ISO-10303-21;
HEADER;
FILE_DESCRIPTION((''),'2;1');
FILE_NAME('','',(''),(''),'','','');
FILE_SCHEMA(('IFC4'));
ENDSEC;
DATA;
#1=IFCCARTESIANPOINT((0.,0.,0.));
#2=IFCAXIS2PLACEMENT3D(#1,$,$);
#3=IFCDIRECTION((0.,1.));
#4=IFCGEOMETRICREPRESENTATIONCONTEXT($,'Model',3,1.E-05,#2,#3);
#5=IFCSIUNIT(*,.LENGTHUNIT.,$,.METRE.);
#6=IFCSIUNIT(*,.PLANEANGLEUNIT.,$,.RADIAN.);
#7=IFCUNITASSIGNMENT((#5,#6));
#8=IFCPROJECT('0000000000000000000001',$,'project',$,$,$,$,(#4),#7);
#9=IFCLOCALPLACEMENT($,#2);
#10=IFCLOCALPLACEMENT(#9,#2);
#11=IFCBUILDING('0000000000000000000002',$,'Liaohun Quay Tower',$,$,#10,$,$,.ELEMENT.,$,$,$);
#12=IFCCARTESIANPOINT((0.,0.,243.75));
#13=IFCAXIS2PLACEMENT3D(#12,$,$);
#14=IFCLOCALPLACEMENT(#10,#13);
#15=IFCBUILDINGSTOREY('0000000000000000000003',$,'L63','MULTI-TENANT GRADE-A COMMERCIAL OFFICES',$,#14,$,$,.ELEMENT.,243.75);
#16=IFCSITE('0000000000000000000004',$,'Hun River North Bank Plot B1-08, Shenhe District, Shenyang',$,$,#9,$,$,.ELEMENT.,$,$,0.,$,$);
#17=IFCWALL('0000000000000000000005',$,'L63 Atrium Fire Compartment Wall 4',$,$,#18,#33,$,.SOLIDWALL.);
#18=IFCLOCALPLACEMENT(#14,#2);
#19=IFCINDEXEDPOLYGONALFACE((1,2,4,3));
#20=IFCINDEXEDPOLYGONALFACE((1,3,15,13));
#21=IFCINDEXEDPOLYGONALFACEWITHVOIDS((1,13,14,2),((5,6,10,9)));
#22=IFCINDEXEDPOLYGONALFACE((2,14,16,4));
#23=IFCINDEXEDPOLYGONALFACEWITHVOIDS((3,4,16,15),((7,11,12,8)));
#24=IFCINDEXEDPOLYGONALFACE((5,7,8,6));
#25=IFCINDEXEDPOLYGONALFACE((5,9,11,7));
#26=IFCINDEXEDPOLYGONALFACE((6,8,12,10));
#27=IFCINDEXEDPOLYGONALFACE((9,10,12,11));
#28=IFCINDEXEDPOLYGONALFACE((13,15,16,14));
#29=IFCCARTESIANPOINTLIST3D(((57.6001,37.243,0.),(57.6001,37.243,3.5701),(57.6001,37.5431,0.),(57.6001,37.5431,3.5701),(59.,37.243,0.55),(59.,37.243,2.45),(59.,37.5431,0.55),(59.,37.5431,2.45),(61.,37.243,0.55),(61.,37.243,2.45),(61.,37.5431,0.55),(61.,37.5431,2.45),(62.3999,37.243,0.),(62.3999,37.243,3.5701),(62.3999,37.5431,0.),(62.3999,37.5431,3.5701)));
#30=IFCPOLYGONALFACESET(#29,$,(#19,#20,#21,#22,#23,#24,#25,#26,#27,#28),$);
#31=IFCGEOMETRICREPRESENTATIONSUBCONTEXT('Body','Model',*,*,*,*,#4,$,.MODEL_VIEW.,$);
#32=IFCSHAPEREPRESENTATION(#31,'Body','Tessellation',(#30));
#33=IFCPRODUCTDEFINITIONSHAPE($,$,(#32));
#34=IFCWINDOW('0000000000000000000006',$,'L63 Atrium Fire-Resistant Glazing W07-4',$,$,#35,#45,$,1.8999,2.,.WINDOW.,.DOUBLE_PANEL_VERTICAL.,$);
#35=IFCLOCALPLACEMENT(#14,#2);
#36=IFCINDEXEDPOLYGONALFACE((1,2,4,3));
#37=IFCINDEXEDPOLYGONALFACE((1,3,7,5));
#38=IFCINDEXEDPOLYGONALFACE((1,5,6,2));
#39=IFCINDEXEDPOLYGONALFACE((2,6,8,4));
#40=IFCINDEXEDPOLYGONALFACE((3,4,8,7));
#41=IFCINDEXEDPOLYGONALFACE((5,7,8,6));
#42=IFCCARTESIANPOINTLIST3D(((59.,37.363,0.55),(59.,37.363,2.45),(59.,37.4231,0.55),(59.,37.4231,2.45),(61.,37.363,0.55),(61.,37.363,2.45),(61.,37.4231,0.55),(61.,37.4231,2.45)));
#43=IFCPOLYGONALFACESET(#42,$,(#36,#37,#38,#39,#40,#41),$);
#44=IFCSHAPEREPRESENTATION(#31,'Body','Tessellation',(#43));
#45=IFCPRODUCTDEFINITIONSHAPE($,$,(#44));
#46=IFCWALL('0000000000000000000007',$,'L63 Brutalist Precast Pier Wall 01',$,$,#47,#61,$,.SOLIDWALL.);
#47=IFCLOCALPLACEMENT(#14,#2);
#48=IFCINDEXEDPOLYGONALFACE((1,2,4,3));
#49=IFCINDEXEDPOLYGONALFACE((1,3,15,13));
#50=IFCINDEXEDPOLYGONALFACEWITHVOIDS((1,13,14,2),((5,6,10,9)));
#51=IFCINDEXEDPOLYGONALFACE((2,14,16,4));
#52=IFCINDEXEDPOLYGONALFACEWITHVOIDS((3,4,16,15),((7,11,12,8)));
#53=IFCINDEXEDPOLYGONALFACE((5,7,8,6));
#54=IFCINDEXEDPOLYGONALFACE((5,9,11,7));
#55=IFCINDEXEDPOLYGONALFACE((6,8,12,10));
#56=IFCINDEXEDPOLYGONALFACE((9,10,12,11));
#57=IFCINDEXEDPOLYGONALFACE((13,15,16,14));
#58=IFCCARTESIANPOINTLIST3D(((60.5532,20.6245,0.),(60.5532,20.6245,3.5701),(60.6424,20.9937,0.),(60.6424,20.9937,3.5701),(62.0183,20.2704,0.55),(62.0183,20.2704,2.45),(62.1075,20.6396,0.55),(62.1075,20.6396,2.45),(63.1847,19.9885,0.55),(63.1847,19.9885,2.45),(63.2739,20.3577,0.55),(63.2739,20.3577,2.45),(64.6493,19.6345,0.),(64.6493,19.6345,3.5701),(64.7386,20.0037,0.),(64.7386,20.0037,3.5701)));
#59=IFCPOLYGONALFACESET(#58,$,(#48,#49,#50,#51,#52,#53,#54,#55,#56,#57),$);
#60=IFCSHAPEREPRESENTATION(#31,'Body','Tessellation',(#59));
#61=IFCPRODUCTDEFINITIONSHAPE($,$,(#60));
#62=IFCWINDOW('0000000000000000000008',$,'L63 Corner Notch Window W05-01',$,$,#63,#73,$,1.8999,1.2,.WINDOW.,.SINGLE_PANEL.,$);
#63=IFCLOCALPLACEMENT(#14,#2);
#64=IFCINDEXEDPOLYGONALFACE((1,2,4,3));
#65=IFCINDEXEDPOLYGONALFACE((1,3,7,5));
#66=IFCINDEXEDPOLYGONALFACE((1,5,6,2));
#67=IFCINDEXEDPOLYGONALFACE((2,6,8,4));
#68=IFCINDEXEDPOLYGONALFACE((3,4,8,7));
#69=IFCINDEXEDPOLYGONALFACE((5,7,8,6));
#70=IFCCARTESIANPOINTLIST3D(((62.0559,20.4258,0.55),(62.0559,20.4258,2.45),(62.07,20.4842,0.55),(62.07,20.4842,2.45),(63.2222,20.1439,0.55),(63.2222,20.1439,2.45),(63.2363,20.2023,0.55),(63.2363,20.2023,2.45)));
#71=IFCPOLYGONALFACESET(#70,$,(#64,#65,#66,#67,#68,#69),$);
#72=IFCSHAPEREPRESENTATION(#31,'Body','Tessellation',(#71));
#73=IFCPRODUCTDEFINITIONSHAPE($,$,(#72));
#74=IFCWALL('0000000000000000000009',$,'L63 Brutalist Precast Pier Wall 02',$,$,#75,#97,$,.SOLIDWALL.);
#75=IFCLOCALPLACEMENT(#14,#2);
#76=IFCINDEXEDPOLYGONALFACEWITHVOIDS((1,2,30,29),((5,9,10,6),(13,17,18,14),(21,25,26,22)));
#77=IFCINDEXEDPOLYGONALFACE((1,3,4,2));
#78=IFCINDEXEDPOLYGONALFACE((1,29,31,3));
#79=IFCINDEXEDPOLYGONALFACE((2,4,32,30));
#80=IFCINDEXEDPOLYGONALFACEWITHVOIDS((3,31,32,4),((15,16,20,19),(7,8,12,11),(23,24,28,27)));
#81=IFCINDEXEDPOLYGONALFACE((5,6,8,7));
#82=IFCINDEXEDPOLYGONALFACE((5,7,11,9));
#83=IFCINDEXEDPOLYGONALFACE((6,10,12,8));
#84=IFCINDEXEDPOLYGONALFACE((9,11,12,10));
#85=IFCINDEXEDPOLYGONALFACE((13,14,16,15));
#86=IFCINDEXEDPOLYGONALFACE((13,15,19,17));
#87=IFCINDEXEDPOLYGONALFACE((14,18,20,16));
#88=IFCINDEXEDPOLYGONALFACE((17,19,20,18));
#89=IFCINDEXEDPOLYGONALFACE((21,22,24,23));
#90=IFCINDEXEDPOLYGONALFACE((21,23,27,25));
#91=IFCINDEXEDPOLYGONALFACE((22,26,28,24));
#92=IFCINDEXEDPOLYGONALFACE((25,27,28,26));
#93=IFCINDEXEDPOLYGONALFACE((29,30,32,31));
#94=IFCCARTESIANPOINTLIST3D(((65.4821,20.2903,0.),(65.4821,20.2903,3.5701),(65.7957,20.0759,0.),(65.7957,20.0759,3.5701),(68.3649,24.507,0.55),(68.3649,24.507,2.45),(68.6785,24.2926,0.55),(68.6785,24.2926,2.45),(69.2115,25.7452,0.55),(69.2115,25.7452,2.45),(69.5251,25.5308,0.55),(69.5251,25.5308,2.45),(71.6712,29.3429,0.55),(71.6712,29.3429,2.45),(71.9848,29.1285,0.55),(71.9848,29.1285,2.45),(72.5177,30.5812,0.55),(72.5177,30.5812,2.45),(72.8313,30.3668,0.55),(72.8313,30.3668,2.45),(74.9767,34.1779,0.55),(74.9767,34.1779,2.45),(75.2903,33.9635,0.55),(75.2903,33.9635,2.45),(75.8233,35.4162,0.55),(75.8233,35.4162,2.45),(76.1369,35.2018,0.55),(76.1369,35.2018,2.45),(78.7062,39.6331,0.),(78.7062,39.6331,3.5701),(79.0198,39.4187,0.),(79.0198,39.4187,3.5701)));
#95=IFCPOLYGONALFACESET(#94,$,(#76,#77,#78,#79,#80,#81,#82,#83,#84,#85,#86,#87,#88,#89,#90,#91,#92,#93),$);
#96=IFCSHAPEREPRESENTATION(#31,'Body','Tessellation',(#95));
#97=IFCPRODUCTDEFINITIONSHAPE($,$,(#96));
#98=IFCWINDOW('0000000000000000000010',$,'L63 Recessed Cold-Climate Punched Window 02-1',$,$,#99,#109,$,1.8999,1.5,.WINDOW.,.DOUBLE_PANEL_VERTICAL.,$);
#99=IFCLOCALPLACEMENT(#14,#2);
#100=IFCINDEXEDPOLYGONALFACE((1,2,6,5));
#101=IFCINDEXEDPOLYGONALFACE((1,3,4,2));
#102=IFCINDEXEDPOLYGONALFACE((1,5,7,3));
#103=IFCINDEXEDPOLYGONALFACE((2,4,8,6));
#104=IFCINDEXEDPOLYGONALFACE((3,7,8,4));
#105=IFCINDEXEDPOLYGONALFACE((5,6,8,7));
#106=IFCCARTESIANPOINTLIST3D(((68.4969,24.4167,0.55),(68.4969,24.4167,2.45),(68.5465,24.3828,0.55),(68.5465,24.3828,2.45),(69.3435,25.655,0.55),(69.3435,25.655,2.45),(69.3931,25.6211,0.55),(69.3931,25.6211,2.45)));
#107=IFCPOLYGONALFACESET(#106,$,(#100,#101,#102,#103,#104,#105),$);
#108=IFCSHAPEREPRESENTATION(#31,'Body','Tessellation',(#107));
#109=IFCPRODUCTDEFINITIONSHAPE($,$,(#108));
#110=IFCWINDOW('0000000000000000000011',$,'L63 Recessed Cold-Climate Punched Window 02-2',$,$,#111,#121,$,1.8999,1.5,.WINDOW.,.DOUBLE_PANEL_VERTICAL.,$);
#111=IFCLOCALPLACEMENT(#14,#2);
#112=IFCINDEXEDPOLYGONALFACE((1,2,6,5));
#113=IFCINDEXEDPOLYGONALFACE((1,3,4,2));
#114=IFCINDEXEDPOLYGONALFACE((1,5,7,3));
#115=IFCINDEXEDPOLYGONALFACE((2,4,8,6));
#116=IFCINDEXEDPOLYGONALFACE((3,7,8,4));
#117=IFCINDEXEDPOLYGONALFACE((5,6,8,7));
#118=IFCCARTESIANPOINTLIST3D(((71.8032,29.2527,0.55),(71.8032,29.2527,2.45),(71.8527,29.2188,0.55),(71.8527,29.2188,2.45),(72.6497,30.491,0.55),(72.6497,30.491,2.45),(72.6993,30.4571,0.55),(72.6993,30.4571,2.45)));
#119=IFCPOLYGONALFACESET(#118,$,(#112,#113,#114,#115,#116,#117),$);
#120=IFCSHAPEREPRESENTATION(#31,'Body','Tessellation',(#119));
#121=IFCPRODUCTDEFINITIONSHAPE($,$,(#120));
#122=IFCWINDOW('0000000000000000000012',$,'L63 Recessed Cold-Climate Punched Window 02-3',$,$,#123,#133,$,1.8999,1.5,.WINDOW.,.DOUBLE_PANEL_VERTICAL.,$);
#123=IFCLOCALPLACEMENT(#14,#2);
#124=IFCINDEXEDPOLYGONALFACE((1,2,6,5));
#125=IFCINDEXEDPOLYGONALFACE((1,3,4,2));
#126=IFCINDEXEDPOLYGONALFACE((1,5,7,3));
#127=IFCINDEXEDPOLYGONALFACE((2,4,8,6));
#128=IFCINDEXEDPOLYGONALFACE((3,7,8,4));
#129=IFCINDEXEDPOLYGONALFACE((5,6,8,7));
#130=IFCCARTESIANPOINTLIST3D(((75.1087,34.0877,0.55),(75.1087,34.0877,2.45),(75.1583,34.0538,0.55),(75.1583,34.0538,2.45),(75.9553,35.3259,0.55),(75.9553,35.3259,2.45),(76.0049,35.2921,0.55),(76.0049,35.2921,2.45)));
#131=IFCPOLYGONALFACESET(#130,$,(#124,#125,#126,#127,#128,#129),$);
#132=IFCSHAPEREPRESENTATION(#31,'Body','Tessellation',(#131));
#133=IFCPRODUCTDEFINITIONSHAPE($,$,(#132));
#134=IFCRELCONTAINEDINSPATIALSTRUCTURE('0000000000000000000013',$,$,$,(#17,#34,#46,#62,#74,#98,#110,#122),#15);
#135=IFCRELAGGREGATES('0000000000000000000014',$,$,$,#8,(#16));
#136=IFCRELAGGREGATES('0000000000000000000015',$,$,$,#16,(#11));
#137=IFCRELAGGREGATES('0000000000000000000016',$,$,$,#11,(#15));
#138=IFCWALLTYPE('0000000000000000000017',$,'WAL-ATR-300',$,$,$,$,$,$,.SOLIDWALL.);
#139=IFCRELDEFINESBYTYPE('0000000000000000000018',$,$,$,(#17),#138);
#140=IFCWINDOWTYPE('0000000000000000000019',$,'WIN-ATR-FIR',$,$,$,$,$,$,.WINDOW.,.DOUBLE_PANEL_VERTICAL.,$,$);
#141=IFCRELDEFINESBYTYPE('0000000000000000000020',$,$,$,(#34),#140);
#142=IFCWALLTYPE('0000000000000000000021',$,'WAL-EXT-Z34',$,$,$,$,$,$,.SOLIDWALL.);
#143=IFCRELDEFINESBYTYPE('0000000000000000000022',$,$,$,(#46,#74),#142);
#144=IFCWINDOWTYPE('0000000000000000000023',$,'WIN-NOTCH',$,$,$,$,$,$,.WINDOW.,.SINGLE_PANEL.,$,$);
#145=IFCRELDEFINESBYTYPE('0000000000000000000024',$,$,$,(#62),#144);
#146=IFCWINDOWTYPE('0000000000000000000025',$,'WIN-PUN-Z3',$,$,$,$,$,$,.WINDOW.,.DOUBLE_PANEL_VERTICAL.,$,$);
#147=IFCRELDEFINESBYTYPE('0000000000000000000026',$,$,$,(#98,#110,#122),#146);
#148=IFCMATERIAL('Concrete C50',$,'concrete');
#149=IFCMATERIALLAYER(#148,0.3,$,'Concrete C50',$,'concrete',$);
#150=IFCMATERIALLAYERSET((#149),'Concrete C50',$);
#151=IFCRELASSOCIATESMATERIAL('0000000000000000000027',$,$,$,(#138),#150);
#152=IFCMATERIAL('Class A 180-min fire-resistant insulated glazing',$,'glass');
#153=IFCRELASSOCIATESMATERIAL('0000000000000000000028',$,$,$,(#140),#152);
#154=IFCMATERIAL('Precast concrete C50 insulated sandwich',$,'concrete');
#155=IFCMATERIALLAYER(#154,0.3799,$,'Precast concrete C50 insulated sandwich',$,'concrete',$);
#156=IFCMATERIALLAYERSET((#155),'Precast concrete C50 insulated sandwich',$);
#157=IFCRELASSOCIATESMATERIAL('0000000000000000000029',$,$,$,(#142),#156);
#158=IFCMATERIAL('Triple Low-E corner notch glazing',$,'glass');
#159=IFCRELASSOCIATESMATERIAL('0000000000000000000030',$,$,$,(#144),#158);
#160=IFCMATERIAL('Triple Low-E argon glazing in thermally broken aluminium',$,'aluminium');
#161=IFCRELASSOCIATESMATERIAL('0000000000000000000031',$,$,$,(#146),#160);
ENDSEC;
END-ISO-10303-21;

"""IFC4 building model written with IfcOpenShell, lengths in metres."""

from ifc_helpers import new_model, si_unit, direction, frame, frame_2d, origin, place, context, subcontext, project, spatial, rectangle, extrude, source, transform, mapped, material, layer, layer_set, type_object, element, fill, save


model = new_model("IFC4")

# Units and contexts
model_context = context("Model", 3, precision=1e-05, world=origin(), true_north=direction((0.0, 1.0)))
body_context = subcontext(model_context, "Body", "Model", "MODEL_VIEW")
ifc_project = project(units=[si_unit("LENGTHUNIT", "METRE"), si_unit("PLANEANGLEUNIT", "RADIAN")], contexts=[model_context])

# Site, building, storey
site_placement = place(None, origin())
site = spatial("IfcSite", under=ifc_project, at=site_placement, Name="Hun River North Bank Plot B1-08, Shenhe District, Shenyang", CompositionType="ELEMENT", RefElevation=0.0)
building_placement = place(site_placement, origin())
building = spatial("IfcBuilding", under=site, at=building_placement, Name="Liaohun Quay Tower", CompositionType="ELEMENT")
storey_placement = place(building_placement, frame((0.0, 0.0, 243.75)))
storey = spatial("IfcBuildingStorey", under=building, at=storey_placement, Name="L63", Description="MULTI-TENANT GRADE-A COMMERCIAL OFFICES", CompositionType="ELEMENT", Elevation=243.75)

# Walls, openings, windows
ifc_material_1 = material(Name="Concrete C50", Category="concrete")
ifc_layer_1 = layer(ifc_material_1, 0.3, Name="Concrete C50", Category="concrete")
ifc_layer_set_1 = layer_set([ifc_layer_1], Name="Concrete C50")
wall_type_1 = type_object("IfcWallType", Name="WAL-ATR-300", PredefinedType="SOLIDWALL", material=ifc_layer_set_1)
shared_shape_1 = source(origin(), body_context, "Body", "SweptSolid", [
    extrude(rectangle(XDim=2.0, YDim=1.8999, at=frame_2d((1.0, 0.95))), frame((0.0, 0.1599, 0.0), z_axis=(0.0, -1.0, 0.0), x_axis=(1.0, 0.0, 0.0)), (0.0, 0.0, 1.0), 0.3201),
])
ifc_material_2 = material(Name="Class A 180-min fire-resistant insulated glazing", Category="glass")
window_type_1 = type_object("IfcWindowType", Name="WIN-ATR-FIR", PartitioningType="DOUBLE_PANEL_VERTICAL", PredefinedType="WINDOW", material=ifc_material_2)
shared_shape_2 = source(origin(), body_context, "Body", "SweptSolid", [
    extrude(rectangle(XDim=2.0, YDim=1.8999, at=frame_2d((1.0, 0.95))), frame((0.0, 0.03, 0.0), z_axis=(0.0, -1.0, 0.0), x_axis=(1.0, 0.0, 0.0)), (0.0, 0.0, 1.0), 0.0601),
])
wall_1_placement = place(storey_placement, frame((62.3999, 37.3931, 0.0), z_axis=(0.0, 0.0, 1.0), x_axis=(-1.0, 0.0, 0.0)))
wall_1 = element("IfcWall", 1, at=wall_1_placement, inside=storey, type_object=wall_type_1, Name="L63 Atrium Fire Compartment Wall 4", PredefinedType="SOLIDWALL", context=body_context, shape_type="SweptSolid", body=[
    extrude(rectangle(XDim=4.7998, YDim=0.3, at=frame_2d((2.3999, 0.0))), origin(), (0.0, 0.0, 1.0), 3.5701),
])
opening_1_placement = place(wall_1_placement, frame((1.3999, 0.0, 0.55)))
opening_1 = element("IfcOpeningElement", 2, at=opening_1_placement, cuts=wall_1, PredefinedType="OPENING", context=body_context, shape_type="MappedRepresentation", body=[
    mapped(shared_shape_1, transform((0.0, 0.0, 0.0), x_axis=(1.0, 0.0, 0.0), y_axis=(0.0, 1.0, 0.0), z_axis=(0.0, 0.0, 1.0), scale=1.0)),
])
window_1_placement = place(opening_1_placement, origin())
window_1 = element("IfcWindow", 3, at=window_1_placement, inside=storey, type_object=window_type_1, Name="L63 Atrium Fire-Resistant Glazing W07-4", OverallHeight=1.8999, OverallWidth=2.0, PartitioningType="DOUBLE_PANEL_VERTICAL", PredefinedType="WINDOW", context=body_context, shape_type="MappedRepresentation", body=[
    mapped(shared_shape_2, transform((0.0, 0.0, 0.0), x_axis=(1.0, 0.0, 0.0), y_axis=(0.0, 1.0, 0.0), z_axis=(0.0, 0.0, 1.0), scale=1.0)),
])
fill(opening_1, window_1)
ifc_material_3 = material(Name="Precast concrete C50 insulated sandwich", Category="concrete")
ifc_layer_2 = layer(ifc_material_3, 0.3799, Name="Precast concrete C50 insulated sandwich", Category="concrete")
ifc_layer_set_2 = layer_set([ifc_layer_2], Name="Precast concrete C50 insulated sandwich")
wall_type_2 = type_object("IfcWallType", Name="WAL-EXT-Z34", PredefinedType="SOLIDWALL", material=ifc_layer_set_2)
wall_2_placement = place(storey_placement, frame((60.5979, 20.8091, 0.0), z_axis=(0.0, 0.0, 1.0), x_axis=(0.972014, -0.234922, 0.0)))
wall_2 = element("IfcWall", 4, at=wall_2_placement, inside=storey, type_object=wall_type_2, Name="L63 Brutalist Precast Pier Wall 01", PredefinedType="SOLIDWALL", context=body_context, shape_type="SweptSolid", body=[
    extrude(rectangle(XDim=4.2141, YDim=0.3799, at=frame_2d((2.1069, 0.0))), origin(), (0.0, 0.0, 1.0), 3.5701),
])
shared_shape_3 = source(origin(), body_context, "Body", "SweptSolid", [
    extrude(rectangle(XDim=1.2, YDim=1.8999, at=frame_2d((0.6001, 0.95))), frame((0.0, 0.2, 0.0), z_axis=(0.0, -1.0, 0.0), x_axis=(1.0, 0.0, 0.0)), (0.0, 0.0, 1.0), 0.3999),
])
opening_2_placement = place(wall_2_placement, frame((1.5071, 0.0, 0.55)))
opening_2 = element("IfcOpeningElement", 5, at=opening_2_placement, cuts=wall_2, PredefinedType="OPENING", context=body_context, shape_type="MappedRepresentation", body=[
    mapped(shared_shape_3, transform((0.0, 0.0, 0.0), x_axis=(1.0, 0.0, 0.0), y_axis=(0.0, 1.0, 0.0), z_axis=(0.0, 0.0, 1.0), scale=1.0)),
])
ifc_material_4 = material(Name="Triple Low-E corner notch glazing", Category="glass")
window_type_2 = type_object("IfcWindowType", Name="WIN-NOTCH", PartitioningType="SINGLE_PANEL", PredefinedType="WINDOW", material=ifc_material_4)
shared_shape_4 = source(origin(), body_context, "Body", "SweptSolid", [
    extrude(rectangle(XDim=1.2, YDim=1.8999, at=frame_2d((0.6001, 0.95))), frame((0.0, 0.03, 0.0), z_axis=(0.0, -1.0, 0.0), x_axis=(1.0, 0.0, 0.0)), (0.0, 0.0, 1.0), 0.0601),
])
window_2_placement = place(opening_2_placement, origin())
window_2 = element("IfcWindow", 6, at=window_2_placement, inside=storey, type_object=window_type_2, Name="L63 Corner Notch Window W05-01", OverallHeight=1.8999, OverallWidth=1.2, PartitioningType="SINGLE_PANEL", PredefinedType="WINDOW", context=body_context, shape_type="MappedRepresentation", body=[
    mapped(shared_shape_4, transform((0.0, 0.0, 0.0), x_axis=(1.0, 0.0, 0.0), y_axis=(0.0, 1.0, 0.0), z_axis=(0.0, 0.0, 1.0), scale=1.0)),
])
fill(opening_2, window_2)

# Wall, openings, windows
wall_3_placement = place(storey_placement, frame((65.6389, 20.1831, 0.0), z_axis=(0.0, 0.0, 1.0), x_axis=(0.564381, 0.825514, 0.0)))
wall_3 = element("IfcWall", 7, at=wall_3_placement, inside=storey, type_object=wall_type_2, Name="L63 Brutalist Precast Pier Wall 02", PredefinedType="SOLIDWALL", context=body_context, shape_type="SweptSolid", body=[
    extrude(rectangle(XDim=23.4312, YDim=0.3799, at=frame_2d((11.7156, 0.0))), origin(), (0.0, 0.0, 1.0), 3.5701),
])
shared_shape_5 = source(origin(), body_context, "Body", "SweptSolid", [
    extrude(rectangle(XDim=1.5, YDim=1.8999, at=frame_2d((0.75, 0.95))), frame((0.0, 0.2, 0.0), z_axis=(0.0, -1.0, 0.0), x_axis=(1.0, 0.0, 0.0)), (0.0, 0.0, 1.0), 0.3999),
])
opening_3_placement = place(wall_3_placement, frame((5.1079, 0.0, 0.55)))
opening_3 = element("IfcOpeningElement", 8, at=opening_3_placement, cuts=wall_3, PredefinedType="OPENING", context=body_context, shape_type="MappedRepresentation", body=[
    mapped(shared_shape_5, transform((0.0, 0.0, 0.0), x_axis=(1.0, 0.0, 0.0), y_axis=(0.0, 1.0, 0.0), z_axis=(0.0, 0.0, 1.0), scale=1.0)),
])
opening_4_placement = place(wall_3_placement, frame((10.9661, 0.0, 0.55)))
opening_4 = element("IfcOpeningElement", 9, at=opening_4_placement, cuts=wall_3, PredefinedType="OPENING", context=body_context, shape_type="MappedRepresentation", body=[
    mapped(shared_shape_5, transform((0.0, 0.0, 0.0), x_axis=(1.0, 0.0, 0.0), y_axis=(0.0, 1.0, 0.0), z_axis=(0.0, 0.0, 1.0), scale=1.0)),
])
opening_5_placement = place(wall_3_placement, frame((16.823, 0.0, 0.55)))
opening_5 = element("IfcOpeningElement", 10, at=opening_5_placement, cuts=wall_3, PredefinedType="OPENING", context=body_context, shape_type="MappedRepresentation", body=[
    mapped(shared_shape_5, transform((0.0, 0.0, 0.0), x_axis=(1.0, 0.0, 0.0), y_axis=(0.0, 1.0, 0.0), z_axis=(0.0, 0.0, 1.0), scale=1.0)),
])
ifc_material_5 = material(Name="Triple Low-E argon glazing in thermally broken aluminium", Category="aluminium")
window_type_3 = type_object("IfcWindowType", Name="WIN-PUN-Z3", PartitioningType="DOUBLE_PANEL_VERTICAL", PredefinedType="WINDOW", material=ifc_material_5)
shared_shape_6 = source(origin(), body_context, "Body", "SweptSolid", [
    extrude(rectangle(XDim=1.5, YDim=1.8999, at=frame_2d((0.75, 0.95))), frame((0.0, 0.03, 0.0), z_axis=(0.0, -1.0, 0.0), x_axis=(1.0, 0.0, 0.0)), (0.0, 0.0, 1.0), 0.0601),
])
window_3_placement = place(opening_3_placement, origin())
window_3 = element("IfcWindow", 11, at=window_3_placement, inside=storey, type_object=window_type_3, Name="L63 Recessed Cold-Climate Punched Window 02-1", OverallHeight=1.8999, OverallWidth=1.5, PartitioningType="DOUBLE_PANEL_VERTICAL", PredefinedType="WINDOW", context=body_context, shape_type="MappedRepresentation", body=[
    mapped(shared_shape_6, transform((0.0, 0.0, 0.0), x_axis=(1.0, 0.0, 0.0), y_axis=(0.0, 1.0, 0.0), z_axis=(0.0, 0.0, 1.0), scale=1.0)),
])
fill(opening_3, window_3)
window_4_placement = place(opening_4_placement, origin())
window_4 = element("IfcWindow", 12, at=window_4_placement, inside=storey, type_object=window_type_3, Name="L63 Recessed Cold-Climate Punched Window 02-2", OverallHeight=1.8999, OverallWidth=1.5, PartitioningType="DOUBLE_PANEL_VERTICAL", PredefinedType="WINDOW", context=body_context, shape_type="MappedRepresentation", body=[
    mapped(shared_shape_6, transform((0.0, 0.0, 0.0), x_axis=(1.0, 0.0, 0.0), y_axis=(0.0, 1.0, 0.0), z_axis=(0.0, 0.0, 1.0), scale=1.0)),
])
fill(opening_4, window_4)
window_5_placement = place(opening_5_placement, origin())
window_5 = element("IfcWindow", 13, at=window_5_placement, inside=storey, type_object=window_type_3, Name="L63 Recessed Cold-Climate Punched Window 02-3", OverallHeight=1.8999, OverallWidth=1.5, PartitioningType="DOUBLE_PANEL_VERTICAL", PredefinedType="WINDOW", context=body_context, shape_type="MappedRepresentation", body=[
    mapped(shared_shape_6, transform((0.0, 0.0, 0.0), x_axis=(1.0, 0.0, 0.0), y_axis=(0.0, 1.0, 0.0), z_axis=(0.0, 0.0, 1.0), scale=1.0)),
])
fill(opening_5, window_5)

save(model, "model.ifc")
